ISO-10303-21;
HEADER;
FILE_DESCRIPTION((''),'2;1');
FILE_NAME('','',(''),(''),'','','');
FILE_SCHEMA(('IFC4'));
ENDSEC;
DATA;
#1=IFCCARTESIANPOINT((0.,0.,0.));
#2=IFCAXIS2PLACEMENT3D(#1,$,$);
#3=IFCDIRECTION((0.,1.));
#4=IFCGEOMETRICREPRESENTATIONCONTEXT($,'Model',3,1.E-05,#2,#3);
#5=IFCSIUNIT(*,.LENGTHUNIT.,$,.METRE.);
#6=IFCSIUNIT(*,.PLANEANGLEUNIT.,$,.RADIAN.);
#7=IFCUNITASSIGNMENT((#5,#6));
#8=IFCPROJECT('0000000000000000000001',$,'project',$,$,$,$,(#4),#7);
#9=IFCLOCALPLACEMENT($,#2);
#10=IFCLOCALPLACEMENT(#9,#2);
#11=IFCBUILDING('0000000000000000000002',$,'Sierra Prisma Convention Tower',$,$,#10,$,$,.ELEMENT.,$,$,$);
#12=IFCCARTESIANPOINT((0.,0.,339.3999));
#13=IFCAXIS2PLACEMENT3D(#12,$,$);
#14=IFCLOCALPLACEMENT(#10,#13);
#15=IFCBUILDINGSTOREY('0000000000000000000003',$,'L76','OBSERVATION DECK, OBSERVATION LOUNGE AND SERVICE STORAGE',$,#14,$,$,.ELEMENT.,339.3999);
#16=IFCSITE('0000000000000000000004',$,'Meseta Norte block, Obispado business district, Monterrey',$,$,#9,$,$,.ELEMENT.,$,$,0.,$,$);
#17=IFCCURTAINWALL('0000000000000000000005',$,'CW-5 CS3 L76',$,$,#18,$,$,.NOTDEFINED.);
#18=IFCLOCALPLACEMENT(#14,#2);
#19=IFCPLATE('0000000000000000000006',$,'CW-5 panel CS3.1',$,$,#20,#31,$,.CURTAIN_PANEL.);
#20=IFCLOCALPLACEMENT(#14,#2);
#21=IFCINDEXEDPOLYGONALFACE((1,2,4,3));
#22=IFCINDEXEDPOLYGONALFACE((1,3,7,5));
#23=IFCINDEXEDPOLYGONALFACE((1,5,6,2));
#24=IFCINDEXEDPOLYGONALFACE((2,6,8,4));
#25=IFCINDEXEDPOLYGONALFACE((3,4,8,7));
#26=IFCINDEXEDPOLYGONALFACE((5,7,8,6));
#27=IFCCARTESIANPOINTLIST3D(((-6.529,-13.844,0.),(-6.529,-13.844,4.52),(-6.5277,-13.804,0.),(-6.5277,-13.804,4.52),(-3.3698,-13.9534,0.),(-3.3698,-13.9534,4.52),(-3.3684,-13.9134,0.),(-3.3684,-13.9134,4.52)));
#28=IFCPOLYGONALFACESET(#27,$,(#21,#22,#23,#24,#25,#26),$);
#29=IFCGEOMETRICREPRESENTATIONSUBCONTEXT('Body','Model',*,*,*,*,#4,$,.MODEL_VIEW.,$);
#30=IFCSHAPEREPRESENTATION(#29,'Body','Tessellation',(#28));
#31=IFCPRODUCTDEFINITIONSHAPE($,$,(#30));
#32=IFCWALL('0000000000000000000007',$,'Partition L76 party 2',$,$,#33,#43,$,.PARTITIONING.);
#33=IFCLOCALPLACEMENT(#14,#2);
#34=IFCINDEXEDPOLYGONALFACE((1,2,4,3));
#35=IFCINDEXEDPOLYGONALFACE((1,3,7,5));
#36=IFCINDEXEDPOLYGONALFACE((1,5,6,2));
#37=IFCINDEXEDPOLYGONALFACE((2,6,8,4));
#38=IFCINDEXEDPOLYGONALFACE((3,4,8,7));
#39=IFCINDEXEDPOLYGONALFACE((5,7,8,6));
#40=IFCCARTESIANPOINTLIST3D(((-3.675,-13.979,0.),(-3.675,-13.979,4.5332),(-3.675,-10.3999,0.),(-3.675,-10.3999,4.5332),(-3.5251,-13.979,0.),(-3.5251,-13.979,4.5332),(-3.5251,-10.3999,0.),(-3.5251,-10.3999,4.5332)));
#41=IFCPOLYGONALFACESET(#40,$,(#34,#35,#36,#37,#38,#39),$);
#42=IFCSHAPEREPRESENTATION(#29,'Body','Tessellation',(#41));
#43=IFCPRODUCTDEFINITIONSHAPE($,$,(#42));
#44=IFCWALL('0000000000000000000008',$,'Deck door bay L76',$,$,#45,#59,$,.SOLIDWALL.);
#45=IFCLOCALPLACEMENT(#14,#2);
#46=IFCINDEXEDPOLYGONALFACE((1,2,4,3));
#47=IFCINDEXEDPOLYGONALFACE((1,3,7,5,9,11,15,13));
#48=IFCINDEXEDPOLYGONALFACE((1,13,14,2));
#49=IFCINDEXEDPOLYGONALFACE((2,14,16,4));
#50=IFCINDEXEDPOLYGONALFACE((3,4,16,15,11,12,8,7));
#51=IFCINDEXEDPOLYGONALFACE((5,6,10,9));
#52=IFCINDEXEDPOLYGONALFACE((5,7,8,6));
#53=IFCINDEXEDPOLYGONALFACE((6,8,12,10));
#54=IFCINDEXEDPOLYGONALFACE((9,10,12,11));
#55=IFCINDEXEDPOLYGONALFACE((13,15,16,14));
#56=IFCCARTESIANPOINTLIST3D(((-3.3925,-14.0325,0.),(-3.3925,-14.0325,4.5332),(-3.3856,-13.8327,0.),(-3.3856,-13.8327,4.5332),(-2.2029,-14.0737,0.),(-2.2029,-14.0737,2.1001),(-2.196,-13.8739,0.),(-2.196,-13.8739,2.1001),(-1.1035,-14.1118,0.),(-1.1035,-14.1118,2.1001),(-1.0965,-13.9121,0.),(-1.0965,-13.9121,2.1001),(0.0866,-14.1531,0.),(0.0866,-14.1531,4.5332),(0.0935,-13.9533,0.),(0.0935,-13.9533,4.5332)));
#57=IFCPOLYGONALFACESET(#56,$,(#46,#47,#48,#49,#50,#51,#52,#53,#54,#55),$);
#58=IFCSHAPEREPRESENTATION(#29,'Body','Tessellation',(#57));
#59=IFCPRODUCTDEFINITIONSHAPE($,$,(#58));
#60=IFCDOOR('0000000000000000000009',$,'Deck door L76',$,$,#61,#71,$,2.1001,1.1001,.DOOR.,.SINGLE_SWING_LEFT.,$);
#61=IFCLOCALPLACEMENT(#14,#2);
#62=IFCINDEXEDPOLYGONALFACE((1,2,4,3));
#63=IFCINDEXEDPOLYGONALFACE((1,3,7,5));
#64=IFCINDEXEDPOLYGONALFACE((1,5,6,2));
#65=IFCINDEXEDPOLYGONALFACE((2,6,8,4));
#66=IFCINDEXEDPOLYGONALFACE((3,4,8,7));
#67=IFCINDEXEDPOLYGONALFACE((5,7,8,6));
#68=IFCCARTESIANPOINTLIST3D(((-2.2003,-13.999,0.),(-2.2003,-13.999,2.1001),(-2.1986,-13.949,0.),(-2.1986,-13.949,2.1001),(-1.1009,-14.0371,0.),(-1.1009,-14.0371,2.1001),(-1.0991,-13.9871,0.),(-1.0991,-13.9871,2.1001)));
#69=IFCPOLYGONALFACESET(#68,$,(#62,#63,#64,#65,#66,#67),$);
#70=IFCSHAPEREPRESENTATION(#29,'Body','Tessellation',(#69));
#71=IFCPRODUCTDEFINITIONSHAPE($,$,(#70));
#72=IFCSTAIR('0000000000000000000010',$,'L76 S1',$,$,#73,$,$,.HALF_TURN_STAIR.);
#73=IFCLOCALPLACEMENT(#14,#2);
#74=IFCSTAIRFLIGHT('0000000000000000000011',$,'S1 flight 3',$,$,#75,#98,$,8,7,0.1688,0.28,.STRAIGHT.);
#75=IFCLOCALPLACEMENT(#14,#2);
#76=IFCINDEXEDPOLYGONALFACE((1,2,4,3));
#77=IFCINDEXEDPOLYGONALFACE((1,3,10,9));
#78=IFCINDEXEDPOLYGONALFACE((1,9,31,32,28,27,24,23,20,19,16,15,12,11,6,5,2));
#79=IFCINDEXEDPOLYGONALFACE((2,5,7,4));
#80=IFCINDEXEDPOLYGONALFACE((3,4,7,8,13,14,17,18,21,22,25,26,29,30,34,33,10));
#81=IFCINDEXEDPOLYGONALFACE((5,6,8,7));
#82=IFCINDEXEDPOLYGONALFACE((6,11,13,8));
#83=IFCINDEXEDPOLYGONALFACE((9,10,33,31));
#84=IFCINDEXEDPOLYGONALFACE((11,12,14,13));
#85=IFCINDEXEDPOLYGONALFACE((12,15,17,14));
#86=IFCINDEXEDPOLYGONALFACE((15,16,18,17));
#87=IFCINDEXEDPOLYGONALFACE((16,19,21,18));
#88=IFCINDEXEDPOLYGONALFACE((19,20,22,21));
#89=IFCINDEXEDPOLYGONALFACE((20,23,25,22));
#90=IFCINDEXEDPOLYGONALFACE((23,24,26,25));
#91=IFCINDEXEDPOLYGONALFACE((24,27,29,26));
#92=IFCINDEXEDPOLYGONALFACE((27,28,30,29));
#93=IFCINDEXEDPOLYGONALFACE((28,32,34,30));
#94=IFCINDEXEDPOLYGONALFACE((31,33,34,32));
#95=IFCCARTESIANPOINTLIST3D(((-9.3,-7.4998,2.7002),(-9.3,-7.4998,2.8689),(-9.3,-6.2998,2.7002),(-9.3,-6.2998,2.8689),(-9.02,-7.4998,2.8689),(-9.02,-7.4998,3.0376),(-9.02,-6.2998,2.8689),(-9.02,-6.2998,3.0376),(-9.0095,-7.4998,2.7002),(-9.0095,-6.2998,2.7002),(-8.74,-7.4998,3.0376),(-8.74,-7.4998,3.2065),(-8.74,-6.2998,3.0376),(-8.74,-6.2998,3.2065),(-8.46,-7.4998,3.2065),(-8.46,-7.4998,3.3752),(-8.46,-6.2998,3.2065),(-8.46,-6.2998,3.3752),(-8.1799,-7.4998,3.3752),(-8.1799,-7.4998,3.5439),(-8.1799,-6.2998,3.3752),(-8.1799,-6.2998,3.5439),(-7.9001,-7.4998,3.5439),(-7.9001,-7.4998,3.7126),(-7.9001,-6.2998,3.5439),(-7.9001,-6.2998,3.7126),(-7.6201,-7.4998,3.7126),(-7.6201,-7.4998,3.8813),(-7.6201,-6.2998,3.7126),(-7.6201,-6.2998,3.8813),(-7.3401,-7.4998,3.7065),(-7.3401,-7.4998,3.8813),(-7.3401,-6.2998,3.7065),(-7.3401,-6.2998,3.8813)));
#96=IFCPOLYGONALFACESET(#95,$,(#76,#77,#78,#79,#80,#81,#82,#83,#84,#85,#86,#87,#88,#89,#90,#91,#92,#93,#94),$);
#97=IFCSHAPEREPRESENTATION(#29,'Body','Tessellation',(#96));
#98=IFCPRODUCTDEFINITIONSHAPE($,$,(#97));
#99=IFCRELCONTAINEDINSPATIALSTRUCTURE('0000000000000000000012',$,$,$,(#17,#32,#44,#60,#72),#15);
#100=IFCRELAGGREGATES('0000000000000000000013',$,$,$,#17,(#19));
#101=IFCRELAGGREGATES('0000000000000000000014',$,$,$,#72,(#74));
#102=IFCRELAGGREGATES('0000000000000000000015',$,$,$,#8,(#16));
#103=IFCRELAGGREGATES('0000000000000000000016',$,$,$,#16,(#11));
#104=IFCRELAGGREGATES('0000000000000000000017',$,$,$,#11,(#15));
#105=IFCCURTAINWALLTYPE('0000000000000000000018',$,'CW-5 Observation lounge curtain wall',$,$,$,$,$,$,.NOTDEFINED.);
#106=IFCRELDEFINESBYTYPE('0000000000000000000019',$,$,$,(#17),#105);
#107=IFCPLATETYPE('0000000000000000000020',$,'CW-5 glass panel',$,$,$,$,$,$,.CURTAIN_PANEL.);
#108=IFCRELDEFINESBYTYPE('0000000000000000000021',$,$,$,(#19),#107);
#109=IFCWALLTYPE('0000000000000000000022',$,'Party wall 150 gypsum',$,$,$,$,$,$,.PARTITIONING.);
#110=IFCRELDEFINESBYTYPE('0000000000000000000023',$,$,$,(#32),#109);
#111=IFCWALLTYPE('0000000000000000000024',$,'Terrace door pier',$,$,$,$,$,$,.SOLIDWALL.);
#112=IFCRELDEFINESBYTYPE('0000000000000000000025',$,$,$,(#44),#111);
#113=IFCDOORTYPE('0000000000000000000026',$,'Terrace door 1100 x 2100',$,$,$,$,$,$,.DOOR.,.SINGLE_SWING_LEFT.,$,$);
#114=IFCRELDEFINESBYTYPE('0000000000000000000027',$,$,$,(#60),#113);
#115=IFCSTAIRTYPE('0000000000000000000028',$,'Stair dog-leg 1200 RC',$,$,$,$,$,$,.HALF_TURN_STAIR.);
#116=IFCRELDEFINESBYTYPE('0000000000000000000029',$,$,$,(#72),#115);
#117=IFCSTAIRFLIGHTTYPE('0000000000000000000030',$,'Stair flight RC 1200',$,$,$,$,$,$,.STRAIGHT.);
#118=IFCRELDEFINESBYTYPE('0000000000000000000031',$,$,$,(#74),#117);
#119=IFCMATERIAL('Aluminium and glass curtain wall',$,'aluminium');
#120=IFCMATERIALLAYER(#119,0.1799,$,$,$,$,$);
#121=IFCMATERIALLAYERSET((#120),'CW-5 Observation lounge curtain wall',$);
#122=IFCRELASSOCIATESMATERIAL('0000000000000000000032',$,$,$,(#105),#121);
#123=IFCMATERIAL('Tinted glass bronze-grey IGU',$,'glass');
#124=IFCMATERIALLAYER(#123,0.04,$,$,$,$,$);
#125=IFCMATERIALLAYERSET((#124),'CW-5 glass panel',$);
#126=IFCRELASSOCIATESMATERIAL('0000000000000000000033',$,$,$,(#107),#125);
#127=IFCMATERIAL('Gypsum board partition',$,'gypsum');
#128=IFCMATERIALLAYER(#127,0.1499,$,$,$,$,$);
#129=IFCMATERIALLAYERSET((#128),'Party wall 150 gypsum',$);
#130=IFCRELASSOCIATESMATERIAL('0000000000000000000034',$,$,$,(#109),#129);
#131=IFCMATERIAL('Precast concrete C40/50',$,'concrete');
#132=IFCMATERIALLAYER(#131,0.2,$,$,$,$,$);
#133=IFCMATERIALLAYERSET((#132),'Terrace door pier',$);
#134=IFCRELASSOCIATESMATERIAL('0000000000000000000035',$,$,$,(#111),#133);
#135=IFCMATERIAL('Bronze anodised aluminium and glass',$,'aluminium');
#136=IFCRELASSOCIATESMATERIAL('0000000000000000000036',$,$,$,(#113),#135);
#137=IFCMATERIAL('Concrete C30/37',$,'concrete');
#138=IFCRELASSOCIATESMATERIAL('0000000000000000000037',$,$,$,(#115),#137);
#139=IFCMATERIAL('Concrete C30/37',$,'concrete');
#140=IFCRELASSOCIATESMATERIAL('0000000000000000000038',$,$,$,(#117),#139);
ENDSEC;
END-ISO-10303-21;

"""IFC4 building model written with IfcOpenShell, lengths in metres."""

from ifc_helpers import new_model, si_unit, direction, frame, frame_2d, origin, origin_2d, place, context, subcontext, project, spatial, polyline, rectangle, outline, extrude, material, layer, layer_set, type_object, element, fill, aggregate, save


model = new_model("IFC4")

# Units and contexts
model_context = context("Model", 3, precision=1e-05, world=origin(), true_north=direction((0.0, 1.0)))
body_context = subcontext(model_context, "Body", "Model", "MODEL_VIEW")
ifc_project = project(units=[si_unit("LENGTHUNIT", "METRE"), si_unit("PLANEANGLEUNIT", "RADIAN")], contexts=[model_context])

# Site, building, storey
site_placement = place(None, origin())
site = spatial("IfcSite", under=ifc_project, at=site_placement, Name="Meseta Norte block, Obispado business district, Monterrey", CompositionType="ELEMENT", RefElevation=0.0)
building_placement = place(site_placement, origin())
building = spatial("IfcBuilding", under=site, at=building_placement, Name="Sierra Prisma Convention Tower", CompositionType="ELEMENT")
storey_placement = place(building_placement, frame((0.0, 0.0, 339.3999)))
storey = spatial("IfcBuildingStorey", under=building, at=storey_placement, Name="L76", Description="OBSERVATION DECK, OBSERVATION LOUNGE AND SERVICE STORAGE", CompositionType="ELEMENT", Elevation=339.3999)

# Shared definitions
ifc_material_1 = material(Name="Aluminium and glass curtain wall", Category="aluminium")
ifc_layer_1 = layer(ifc_material_1, 0.1799)
ifc_layer_set_1 = layer_set([ifc_layer_1], Name="CW-5 Observation lounge curtain wall")
curtain_wall_type = type_object("IfcCurtainWallType", Name="CW-5 Observation lounge curtain wall", PredefinedType="NOTDEFINED", material=ifc_layer_set_1)

# Curtain wall
curtain_wall_1_placement = place(storey_placement, origin())
curtain_wall_1 = element("IfcCurtainWall", 1, at=curtain_wall_1_placement, inside=storey, type_object=curtain_wall_type, Name="CW-5 CS3 L76", PredefinedType="NOTDEFINED")

# Plate
ifc_material_2 = material(Name="Tinted glass bronze-grey IGU", Category="glass")
ifc_layer_2 = layer(ifc_material_2, 0.04)
ifc_layer_set_2 = layer_set([ifc_layer_2], Name="CW-5 glass panel")
plate_type = type_object("IfcPlateType", Name="CW-5 glass panel", PredefinedType="CURTAIN_PANEL", material=ifc_layer_set_2)
plate_1_placement = place(storey_placement, frame((-4.9487, -13.8787, 0.0), z_axis=(0.0, 0.0, 1.0), x_axis=(0.999401, -0.034609, 0.0)))
plate_1 = element("IfcPlate", 2, at=plate_1_placement, type_object=plate_type, Name="CW-5 panel CS3.1", PredefinedType="CURTAIN_PANEL", context=body_context, shape_type="SweptSolid", body=[
    extrude(rectangle(XDim=3.1611, YDim=0.04, at=origin_2d()), origin(), (0.0, 0.0, 1.0), 4.52),
])
aggregate(curtain_wall_1, [plate_1])

# Wall
ifc_material_3 = material(Name="Gypsum board partition", Category="gypsum")
ifc_layer_3 = layer(ifc_material_3, 0.1499)
ifc_layer_set_3 = layer_set([ifc_layer_3], Name="Party wall 150 gypsum")
wall_type_1 = type_object("IfcWallType", Name="Party wall 150 gypsum", PredefinedType="PARTITIONING", material=ifc_layer_set_3)
wall_1_placement = place(storey_placement, frame((-3.6001, -10.3999, 0.0), z_axis=(0.0, 0.0, 1.0), x_axis=(0.0, -1.0, 0.0)))
element("IfcWall", 3, at=wall_1_placement, inside=storey, type_object=wall_type_1, Name="Partition L76 party 2", PredefinedType="PARTITIONING", context=body_context, shape_type="SweptSolid", body=[
    extrude(rectangle(XDim=3.5791, YDim=0.1499, at=frame_2d((1.7896, 0.0))), origin(), (0.0, 0.0, 1.0), 4.5332),
])

# Wall, opening, door
ifc_material_4 = material(Name="Precast concrete C40/50", Category="concrete")
ifc_layer_4 = layer(ifc_material_4, 0.2)
ifc_layer_set_4 = layer_set([ifc_layer_4], Name="Terrace door pier")
wall_type_2 = type_object("IfcWallType", Name="Terrace door pier", PredefinedType="SOLIDWALL", material=ifc_layer_set_4)
wall_2_placement = place(storey_placement, frame((-3.3892, -13.9326, 0.0), z_axis=(0.0, 0.0, 1.0), x_axis=(0.9994, -0.034646, 0.0)))
wall_2 = element("IfcWall", 4, at=wall_2_placement, inside=storey, type_object=wall_type_2, Name="Deck door bay L76", PredefinedType="SOLIDWALL", context=body_context, shape_type="SweptSolid", body=[
    extrude(rectangle(XDim=3.4812, YDim=0.2, at=frame_2d((1.7407, 0.0))), origin(), (0.0, 0.0, 1.0), 4.5332),
])
opening_1_placement = place(wall_2_placement, frame((1.1904, 0.0, 0.0)))
opening_1 = element("IfcOpeningElement", 5, at=opening_1_placement, cuts=wall_2, PredefinedType="OPENING", context=body_context, shape_type="SweptSolid", body=[
    extrude(rectangle(XDim=1.1001, YDim=2.1001, at=frame_2d((0.55, 1.05))), frame((0.0, 0.1001, 0.0), z_axis=(0.0, -1.0, 0.0), x_axis=(1.0, 0.0, 0.0)), (0.0, 0.0, 1.0), 0.2),
])
ifc_material_5 = material(Name="Bronze anodised aluminium and glass", Category="aluminium")
door_type_1 = type_object("IfcDoorType", Name="Terrace door 1100 x 2100", OperationType="SINGLE_SWING_LEFT", PredefinedType="DOOR", material=ifc_material_5)
door_1_placement = place(opening_1_placement, origin())
door_1 = element("IfcDoor", 6, at=door_1_placement, inside=storey, type_object=door_type_1, Name="Deck door L76", OperationType="SINGLE_SWING_LEFT", OverallHeight=2.1001, OverallWidth=1.1001, PredefinedType="DOOR", context=body_context, shape_type="SweptSolid", body=[
    extrude(rectangle(XDim=1.1001, YDim=2.1001, at=frame_2d((0.55, 1.05))), frame((0.0, 0.0249, 0.0), z_axis=(0.0, -1.0, 0.0), x_axis=(1.0, 0.0, 0.0)), (0.0, 0.0, 1.0), 0.05),
])
fill(opening_1, door_1)

# Stair, stair flight
ifc_material_6 = material(Name="Concrete C30/37", Category="concrete")
stair_type = type_object("IfcStairType", Name="Stair dog-leg 1200 RC", PredefinedType="HALF_TURN_STAIR", material=ifc_material_6)
stair_placement = place(storey_placement, origin())
stair = element("IfcStair", 7, at=stair_placement, inside=storey, type_object=stair_type, Name="L76 S1", PredefinedType="HALF_TURN_STAIR")
ifc_material_7 = material(Name="Concrete C30/37", Category="concrete")
stair_flight_type = type_object("IfcStairFlightType", Name="Stair flight RC 1200", PredefinedType="STRAIGHT", material=ifc_material_7)
stair_flight_placement = place(storey_placement, frame((-9.3, -6.8999, 2.7002), z_axis=(0.0, 0.0, 1.0), x_axis=(1.0, 0.0, 0.0)))
stair_flight = element("IfcStairFlight", 8, at=stair_flight_placement, type_object=stair_flight_type, Name="S1 flight 3", NumberOfRisers=8, NumberOfTreads=7, PredefinedType="STRAIGHT", RiserHeight=0.1688, TreadLength=0.28, context=body_context, shape_type="SweptSolid", body=[
    extrude(outline(polyline([(0.0, 0.0), (0.0, 0.1687), (0.28, 0.1687), (0.28, 0.3374), (0.5601, 0.3374), (0.5601, 0.5063), (0.8401, 0.5063), (0.8401, 0.675), (1.1201, 0.675), (1.1201, 0.8438), (1.3999, 0.8438), (1.3999, 1.0125), (1.6799, 1.0125), (1.6799, 1.1812), (1.96, 1.1812), (1.96, 1.3501), (1.96, 1.0063), (0.2905, 0.0), (0.0, 0.0)])), frame((0.0, 0.6001, 0.0), z_axis=(0.0, -1.0, 0.0), x_axis=(1.0, 0.0, 0.0)), (0.0, 0.0, 1.0), 1.2),
])
aggregate(stair, [stair_flight])

save(model, "model.ifc")
